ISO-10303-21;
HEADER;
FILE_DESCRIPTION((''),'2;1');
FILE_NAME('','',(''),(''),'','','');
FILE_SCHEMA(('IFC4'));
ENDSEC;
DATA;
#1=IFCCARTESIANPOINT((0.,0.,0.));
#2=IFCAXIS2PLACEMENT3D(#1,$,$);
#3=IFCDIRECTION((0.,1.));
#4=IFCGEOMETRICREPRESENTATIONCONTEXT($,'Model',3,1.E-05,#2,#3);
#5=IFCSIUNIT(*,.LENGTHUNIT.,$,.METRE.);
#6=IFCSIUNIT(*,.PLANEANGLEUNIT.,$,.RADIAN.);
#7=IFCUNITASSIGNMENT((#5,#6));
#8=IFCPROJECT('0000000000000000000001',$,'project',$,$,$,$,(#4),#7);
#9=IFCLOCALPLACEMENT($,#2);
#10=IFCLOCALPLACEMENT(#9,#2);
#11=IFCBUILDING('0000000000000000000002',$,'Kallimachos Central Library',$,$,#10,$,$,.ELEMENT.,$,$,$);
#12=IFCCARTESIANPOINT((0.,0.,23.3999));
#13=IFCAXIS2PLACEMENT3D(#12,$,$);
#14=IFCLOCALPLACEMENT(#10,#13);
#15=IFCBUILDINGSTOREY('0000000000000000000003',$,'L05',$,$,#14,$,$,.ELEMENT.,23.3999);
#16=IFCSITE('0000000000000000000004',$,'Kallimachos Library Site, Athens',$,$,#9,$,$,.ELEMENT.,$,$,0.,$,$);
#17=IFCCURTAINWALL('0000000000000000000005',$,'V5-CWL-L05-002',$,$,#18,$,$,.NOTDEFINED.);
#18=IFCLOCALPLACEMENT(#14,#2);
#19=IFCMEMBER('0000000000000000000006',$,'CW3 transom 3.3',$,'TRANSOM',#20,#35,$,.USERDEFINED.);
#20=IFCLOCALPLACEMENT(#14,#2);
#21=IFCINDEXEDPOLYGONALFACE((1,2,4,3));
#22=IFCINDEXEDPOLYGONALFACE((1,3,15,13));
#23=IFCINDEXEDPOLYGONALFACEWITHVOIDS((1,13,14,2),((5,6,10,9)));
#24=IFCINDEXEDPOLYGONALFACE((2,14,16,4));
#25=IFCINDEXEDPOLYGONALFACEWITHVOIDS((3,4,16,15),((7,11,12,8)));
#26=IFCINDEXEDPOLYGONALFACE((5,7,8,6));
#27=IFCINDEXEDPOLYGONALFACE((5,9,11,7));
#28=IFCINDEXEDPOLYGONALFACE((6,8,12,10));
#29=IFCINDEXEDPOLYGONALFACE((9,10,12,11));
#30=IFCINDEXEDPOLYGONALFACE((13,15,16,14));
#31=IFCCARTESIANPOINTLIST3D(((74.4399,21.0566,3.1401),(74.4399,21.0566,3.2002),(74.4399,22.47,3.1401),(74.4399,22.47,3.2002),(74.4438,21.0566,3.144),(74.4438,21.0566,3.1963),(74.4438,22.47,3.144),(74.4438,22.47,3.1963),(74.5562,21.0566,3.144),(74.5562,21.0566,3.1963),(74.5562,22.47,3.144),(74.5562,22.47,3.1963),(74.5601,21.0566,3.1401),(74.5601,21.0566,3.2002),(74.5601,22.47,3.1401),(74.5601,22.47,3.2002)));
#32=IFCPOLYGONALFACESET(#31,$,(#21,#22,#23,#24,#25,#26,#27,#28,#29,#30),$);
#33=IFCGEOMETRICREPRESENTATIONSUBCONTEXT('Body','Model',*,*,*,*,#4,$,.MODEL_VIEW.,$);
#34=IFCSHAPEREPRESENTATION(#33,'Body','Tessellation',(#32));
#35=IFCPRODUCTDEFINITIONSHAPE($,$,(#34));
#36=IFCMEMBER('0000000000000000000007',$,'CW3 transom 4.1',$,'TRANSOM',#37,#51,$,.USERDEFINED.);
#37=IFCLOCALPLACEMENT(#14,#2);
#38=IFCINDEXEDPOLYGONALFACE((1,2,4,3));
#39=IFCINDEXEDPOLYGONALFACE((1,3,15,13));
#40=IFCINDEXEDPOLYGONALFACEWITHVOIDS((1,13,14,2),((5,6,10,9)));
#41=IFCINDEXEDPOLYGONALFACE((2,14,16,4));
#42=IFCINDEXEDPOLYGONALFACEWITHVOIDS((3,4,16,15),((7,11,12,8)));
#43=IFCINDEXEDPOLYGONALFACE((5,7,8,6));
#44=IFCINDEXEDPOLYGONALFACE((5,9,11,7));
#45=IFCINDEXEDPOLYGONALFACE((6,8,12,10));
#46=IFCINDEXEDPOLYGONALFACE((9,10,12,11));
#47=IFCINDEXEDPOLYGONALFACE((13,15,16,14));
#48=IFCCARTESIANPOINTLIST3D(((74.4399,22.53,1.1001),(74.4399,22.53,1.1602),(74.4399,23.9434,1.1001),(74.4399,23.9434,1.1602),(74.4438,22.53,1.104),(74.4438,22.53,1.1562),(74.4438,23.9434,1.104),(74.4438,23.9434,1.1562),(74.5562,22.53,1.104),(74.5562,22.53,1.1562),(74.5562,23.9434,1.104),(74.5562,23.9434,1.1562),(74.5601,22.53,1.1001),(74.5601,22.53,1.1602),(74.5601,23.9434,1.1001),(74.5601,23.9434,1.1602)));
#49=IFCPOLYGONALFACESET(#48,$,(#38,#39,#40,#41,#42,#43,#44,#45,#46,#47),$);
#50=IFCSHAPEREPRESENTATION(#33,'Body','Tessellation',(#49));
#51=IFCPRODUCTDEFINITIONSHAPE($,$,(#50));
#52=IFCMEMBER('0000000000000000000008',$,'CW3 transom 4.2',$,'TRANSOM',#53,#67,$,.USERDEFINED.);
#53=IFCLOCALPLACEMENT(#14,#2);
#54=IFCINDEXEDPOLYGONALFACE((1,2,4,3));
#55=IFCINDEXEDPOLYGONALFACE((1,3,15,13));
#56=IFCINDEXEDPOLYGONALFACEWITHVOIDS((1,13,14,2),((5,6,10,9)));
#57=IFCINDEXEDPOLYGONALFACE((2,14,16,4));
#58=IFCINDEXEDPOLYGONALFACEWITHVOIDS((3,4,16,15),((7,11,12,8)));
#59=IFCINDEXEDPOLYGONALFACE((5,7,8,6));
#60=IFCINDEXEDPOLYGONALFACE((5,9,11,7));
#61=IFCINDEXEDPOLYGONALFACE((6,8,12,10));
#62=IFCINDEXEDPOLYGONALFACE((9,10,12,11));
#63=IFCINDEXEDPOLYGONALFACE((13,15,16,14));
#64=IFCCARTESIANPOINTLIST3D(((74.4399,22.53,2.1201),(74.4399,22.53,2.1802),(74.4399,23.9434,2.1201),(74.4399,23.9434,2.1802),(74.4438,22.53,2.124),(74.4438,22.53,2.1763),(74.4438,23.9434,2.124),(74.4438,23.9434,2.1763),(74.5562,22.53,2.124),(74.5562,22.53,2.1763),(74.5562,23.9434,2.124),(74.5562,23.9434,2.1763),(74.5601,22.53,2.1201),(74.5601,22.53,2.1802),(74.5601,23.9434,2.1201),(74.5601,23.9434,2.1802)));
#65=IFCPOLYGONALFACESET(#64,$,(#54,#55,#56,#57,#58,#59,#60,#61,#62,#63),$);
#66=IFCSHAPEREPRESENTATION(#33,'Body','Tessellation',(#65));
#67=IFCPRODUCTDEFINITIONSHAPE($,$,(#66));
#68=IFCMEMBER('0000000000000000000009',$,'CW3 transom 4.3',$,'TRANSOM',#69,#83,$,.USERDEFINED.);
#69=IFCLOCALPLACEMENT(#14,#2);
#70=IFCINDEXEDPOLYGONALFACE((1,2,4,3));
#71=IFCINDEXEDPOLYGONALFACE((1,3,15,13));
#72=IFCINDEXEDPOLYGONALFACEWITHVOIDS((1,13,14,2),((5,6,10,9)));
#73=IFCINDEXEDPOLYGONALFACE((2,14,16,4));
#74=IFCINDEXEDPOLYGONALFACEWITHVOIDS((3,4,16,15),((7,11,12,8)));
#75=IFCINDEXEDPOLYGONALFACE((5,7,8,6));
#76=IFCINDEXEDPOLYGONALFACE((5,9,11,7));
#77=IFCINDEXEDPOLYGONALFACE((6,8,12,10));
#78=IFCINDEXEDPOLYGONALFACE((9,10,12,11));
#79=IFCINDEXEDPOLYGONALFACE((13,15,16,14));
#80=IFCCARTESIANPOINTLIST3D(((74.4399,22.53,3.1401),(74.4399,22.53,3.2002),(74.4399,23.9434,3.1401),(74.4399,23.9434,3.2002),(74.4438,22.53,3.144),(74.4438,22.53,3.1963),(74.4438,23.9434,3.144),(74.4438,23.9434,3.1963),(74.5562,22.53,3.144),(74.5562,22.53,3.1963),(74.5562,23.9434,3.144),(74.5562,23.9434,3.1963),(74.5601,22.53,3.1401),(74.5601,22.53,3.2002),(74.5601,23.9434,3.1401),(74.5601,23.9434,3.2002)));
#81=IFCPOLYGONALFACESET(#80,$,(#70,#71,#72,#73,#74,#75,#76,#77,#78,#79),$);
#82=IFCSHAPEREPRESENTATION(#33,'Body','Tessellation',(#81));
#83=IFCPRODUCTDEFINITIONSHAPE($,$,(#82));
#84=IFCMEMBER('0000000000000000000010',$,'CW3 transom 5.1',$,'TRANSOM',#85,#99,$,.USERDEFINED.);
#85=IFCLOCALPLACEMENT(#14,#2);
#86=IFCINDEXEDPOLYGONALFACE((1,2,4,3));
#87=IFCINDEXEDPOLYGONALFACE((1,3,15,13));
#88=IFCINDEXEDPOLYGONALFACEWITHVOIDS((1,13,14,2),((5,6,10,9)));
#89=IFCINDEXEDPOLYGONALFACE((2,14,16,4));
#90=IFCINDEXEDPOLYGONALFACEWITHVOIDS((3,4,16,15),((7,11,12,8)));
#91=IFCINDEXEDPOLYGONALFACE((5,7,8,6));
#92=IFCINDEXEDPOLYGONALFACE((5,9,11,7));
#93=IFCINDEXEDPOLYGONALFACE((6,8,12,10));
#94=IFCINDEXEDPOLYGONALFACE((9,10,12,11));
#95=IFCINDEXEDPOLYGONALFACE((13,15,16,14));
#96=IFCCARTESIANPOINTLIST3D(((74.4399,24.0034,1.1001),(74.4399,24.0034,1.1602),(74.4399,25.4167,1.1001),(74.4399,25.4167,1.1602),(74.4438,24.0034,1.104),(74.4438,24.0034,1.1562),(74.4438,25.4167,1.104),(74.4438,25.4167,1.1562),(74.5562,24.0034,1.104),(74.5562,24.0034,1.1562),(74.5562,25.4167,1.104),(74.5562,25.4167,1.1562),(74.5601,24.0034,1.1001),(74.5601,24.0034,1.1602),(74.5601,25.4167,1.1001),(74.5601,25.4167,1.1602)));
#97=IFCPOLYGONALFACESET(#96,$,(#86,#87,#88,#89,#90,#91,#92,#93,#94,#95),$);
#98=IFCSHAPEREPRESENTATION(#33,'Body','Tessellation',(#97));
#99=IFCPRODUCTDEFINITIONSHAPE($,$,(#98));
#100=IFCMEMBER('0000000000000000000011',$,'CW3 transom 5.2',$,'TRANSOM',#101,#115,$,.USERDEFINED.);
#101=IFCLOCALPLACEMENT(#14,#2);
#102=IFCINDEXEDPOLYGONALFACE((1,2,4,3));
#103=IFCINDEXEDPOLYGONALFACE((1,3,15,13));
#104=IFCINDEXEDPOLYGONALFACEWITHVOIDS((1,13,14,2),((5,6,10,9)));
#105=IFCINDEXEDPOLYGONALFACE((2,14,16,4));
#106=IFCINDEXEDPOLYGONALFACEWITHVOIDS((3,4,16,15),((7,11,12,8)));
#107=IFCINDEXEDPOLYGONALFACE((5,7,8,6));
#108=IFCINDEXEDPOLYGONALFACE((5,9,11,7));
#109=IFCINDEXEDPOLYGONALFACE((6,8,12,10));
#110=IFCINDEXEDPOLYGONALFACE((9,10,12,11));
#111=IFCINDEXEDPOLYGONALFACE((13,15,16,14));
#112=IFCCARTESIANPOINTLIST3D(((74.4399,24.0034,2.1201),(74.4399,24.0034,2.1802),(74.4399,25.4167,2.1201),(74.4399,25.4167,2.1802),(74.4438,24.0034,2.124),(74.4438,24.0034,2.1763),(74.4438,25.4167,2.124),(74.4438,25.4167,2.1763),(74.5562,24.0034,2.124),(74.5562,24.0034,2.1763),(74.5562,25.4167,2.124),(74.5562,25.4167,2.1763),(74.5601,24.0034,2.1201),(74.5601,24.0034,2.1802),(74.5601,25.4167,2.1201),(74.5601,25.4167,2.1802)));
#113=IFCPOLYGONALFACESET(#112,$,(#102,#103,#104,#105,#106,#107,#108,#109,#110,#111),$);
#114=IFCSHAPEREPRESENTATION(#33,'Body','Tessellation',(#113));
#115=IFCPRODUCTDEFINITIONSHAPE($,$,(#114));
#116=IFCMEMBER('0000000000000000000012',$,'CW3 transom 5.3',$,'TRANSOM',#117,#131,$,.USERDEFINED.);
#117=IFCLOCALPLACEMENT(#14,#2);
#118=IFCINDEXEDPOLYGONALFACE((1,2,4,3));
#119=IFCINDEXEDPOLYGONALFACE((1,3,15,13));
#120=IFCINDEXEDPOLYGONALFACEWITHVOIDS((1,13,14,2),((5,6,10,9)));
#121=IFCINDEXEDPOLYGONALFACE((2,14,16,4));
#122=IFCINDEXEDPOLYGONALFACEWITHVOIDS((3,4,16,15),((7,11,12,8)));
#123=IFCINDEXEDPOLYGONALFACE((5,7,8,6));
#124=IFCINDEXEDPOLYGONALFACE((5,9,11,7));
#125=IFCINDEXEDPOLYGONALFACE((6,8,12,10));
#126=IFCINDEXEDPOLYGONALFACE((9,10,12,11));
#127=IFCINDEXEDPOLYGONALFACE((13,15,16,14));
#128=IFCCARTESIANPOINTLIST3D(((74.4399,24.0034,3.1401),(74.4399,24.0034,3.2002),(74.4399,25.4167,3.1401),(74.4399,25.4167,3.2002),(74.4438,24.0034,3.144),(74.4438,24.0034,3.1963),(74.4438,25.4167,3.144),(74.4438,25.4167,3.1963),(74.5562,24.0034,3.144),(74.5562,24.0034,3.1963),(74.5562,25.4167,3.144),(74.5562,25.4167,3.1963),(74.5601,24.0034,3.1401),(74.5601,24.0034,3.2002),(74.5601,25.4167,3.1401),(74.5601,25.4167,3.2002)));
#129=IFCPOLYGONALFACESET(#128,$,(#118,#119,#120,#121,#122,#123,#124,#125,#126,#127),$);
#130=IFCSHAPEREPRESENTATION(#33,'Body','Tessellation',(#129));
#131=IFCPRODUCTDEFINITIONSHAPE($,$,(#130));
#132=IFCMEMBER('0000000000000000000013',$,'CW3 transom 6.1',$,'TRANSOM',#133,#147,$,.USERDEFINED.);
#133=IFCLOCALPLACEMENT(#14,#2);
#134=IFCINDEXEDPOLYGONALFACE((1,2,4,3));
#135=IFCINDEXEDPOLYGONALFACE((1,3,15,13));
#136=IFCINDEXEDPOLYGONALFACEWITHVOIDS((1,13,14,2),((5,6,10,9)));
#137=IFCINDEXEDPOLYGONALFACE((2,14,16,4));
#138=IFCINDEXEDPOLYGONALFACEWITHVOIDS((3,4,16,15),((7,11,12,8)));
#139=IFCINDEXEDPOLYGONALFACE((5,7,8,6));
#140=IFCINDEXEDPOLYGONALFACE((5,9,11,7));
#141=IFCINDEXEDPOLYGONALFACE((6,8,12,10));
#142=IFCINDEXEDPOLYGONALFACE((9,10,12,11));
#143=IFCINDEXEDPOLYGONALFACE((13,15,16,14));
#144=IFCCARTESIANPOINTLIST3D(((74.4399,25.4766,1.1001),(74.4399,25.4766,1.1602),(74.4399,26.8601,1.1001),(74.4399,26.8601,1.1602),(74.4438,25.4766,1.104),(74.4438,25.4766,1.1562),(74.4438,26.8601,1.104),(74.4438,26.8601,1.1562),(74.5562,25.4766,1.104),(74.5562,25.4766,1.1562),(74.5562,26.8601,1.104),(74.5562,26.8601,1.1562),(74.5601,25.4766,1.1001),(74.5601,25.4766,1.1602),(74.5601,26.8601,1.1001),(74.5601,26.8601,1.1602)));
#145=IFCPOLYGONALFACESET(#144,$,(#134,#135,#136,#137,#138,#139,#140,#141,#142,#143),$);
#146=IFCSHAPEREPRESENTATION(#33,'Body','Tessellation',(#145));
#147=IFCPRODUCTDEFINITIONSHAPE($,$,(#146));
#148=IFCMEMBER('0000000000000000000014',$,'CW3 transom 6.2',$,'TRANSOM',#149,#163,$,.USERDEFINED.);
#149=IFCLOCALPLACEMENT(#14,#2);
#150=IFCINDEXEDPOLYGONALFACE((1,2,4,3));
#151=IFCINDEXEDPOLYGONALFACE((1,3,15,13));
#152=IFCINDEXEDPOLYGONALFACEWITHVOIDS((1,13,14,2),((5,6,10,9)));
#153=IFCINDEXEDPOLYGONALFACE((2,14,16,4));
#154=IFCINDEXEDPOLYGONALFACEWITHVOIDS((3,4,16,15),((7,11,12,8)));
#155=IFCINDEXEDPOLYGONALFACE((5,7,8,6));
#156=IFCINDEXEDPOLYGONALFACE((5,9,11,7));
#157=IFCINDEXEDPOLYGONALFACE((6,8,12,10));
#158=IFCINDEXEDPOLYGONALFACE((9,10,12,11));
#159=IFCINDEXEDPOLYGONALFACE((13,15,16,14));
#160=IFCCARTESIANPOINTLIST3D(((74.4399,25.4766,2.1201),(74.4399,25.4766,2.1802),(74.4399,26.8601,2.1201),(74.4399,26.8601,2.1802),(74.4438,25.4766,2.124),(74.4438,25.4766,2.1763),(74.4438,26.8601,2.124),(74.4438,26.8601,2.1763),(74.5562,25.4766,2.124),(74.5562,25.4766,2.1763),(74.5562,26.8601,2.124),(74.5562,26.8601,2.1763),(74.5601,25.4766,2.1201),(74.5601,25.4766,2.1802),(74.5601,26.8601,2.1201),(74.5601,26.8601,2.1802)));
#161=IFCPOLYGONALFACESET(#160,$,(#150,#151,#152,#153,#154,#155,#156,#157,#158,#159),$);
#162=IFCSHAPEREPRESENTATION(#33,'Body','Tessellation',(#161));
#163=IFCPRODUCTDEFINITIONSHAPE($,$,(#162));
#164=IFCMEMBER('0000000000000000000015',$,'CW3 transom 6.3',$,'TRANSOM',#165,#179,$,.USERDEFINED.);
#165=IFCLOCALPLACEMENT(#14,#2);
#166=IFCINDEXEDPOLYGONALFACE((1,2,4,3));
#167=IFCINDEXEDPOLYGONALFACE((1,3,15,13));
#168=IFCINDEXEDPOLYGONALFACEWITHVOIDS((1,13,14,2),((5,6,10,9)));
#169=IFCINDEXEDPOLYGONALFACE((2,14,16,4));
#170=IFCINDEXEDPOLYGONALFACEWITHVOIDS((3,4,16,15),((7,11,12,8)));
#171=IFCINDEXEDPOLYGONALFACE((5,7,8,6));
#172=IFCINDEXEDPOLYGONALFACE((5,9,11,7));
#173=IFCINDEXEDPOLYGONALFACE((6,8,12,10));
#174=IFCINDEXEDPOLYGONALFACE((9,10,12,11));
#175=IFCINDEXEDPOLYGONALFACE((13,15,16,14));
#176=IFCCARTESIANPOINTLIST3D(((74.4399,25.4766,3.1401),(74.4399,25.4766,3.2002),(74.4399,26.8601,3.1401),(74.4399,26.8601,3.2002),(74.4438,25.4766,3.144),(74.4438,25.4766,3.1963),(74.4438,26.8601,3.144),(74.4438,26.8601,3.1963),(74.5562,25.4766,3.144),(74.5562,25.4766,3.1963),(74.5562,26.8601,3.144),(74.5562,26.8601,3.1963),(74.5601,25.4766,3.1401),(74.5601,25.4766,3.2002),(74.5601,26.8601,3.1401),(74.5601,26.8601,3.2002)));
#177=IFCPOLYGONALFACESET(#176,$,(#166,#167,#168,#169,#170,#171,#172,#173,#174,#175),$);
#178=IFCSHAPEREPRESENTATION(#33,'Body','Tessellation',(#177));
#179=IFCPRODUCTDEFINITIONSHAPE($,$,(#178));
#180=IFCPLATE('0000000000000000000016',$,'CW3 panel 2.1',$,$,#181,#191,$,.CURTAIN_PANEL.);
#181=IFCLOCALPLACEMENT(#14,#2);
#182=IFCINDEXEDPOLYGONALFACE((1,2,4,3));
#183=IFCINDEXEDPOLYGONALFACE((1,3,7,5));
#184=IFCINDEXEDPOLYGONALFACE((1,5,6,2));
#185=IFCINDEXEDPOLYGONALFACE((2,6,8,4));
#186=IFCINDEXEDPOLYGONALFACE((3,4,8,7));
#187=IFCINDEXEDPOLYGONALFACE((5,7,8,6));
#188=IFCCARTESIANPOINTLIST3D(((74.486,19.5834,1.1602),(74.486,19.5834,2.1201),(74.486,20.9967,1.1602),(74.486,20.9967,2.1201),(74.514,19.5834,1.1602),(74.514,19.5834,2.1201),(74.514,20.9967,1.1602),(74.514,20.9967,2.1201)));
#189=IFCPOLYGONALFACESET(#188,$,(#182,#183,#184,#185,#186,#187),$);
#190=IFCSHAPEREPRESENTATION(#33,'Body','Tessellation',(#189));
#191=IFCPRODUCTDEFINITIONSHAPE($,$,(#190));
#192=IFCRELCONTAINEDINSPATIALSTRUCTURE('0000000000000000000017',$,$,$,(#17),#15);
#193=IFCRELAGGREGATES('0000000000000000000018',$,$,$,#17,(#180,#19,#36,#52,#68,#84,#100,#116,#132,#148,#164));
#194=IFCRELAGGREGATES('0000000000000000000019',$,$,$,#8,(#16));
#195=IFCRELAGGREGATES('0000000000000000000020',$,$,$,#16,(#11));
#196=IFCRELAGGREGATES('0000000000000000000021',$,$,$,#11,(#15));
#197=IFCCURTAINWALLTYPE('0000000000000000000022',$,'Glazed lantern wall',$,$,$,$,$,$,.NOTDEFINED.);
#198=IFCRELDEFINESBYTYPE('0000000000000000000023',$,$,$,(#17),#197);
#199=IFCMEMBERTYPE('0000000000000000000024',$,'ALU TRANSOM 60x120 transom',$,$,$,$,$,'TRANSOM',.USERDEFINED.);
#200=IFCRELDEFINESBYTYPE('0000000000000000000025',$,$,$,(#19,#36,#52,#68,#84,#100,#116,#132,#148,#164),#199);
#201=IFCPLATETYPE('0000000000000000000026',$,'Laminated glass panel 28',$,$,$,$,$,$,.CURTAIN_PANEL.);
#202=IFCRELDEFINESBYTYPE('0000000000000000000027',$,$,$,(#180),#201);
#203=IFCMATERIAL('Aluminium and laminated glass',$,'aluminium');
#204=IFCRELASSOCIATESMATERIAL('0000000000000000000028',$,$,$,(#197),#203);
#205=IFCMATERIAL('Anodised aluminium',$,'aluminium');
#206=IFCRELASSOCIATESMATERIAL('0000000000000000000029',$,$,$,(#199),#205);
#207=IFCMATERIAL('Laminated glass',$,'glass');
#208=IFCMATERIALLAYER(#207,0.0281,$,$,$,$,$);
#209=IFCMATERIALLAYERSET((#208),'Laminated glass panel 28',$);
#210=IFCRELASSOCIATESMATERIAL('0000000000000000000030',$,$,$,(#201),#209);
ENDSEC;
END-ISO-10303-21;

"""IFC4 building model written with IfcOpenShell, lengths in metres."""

from ifc_helpers import new_model, si_unit, direction, frame, origin, origin_2d, place, context, subcontext, project, spatial, rectangle, hollow_rectangle, extrude, material, layer, layer_set, material_profile, profile_set, type_object, element, aggregate, save


model = new_model("IFC4")

# Units and contexts
model_context = context("Model", 3, precision=1e-05, world=origin(), true_north=direction((0.0, 1.0)))
body_context = subcontext(model_context, "Body", "Model", "MODEL_VIEW")
ifc_project = project(units=[si_unit("LENGTHUNIT", "METRE"), si_unit("PLANEANGLEUNIT", "RADIAN")], contexts=[model_context])

# Site, building, storey
site_placement = place(None, origin())
site = spatial("IfcSite", under=ifc_project, at=site_placement, Name="Kallimachos Library Site, Athens", CompositionType="ELEMENT", RefElevation=0.0)
building_placement = place(site_placement, origin())
building = spatial("IfcBuilding", under=site, at=building_placement, Name="Kallimachos Central Library", CompositionType="ELEMENT")
storey_placement = place(building_placement, frame((0.0, 0.0, 23.3999)))
storey = spatial("IfcBuildingStorey", under=building, at=storey_placement, Name="L05", CompositionType="ELEMENT", Elevation=23.3999)

# Shared definitions
ifc_material_1 = material(Name="Aluminium and laminated glass", Category="aluminium")
curtain_wall_type = type_object("IfcCurtainWallType", Name="Glazed lantern wall", PredefinedType="NOTDEFINED", material=ifc_material_1)

# Curtain wall
curtain_wall_1_placement = place(storey_placement, origin())
curtain_wall_1 = element("IfcCurtainWall", 1, at=curtain_wall_1_placement, inside=storey, type_object=curtain_wall_type, Name="V5-CWL-L05-002", PredefinedType="NOTDEFINED")

# Members
ifc_material_2 = material(Name="Anodised aluminium", Category="aluminium")
ifc_material_profile_1 = material_profile(ifc_material_2, hollow_rectangle(XDim=0.0601, YDim=0.1201, WallThickness=0.0039, at=origin_2d()), Name="ALU TRANSOM 60x120")
ifc_profile_set_1 = profile_set([ifc_material_profile_1], Name="Anodised aluminium")
member_type_1 = type_object("IfcMemberType", Name="ALU TRANSOM 60x120 transom", ElementType="TRANSOM", PredefinedType="USERDEFINED", material=ifc_profile_set_1)
member_1_placement = place(storey_placement, frame((74.5, 21.0566, 3.1702), z_axis=(0.0, 1.0, 0.0), x_axis=(0.0, 0.0, 1.0)))
member_1 = element("IfcMember", 2, at=member_1_placement, type_object=member_type_1, Name="CW3 transom 3.3", ObjectType="TRANSOM", PredefinedType="USERDEFINED", context=body_context, shape_type="SweptSolid", body=[
    extrude(hollow_rectangle(XDim=0.0601, YDim=0.1201, WallThickness=0.0039, at=origin_2d()), origin(), (0.0, 0.0, 1.0), 1.4133),
])
member_2_placement = place(storey_placement, frame((74.5, 22.53, 1.1301), z_axis=(0.0, 1.0, 0.0), x_axis=(0.0, 0.0, 1.0)))
member_2 = element("IfcMember", 3, at=member_2_placement, type_object=member_type_1, Name="CW3 transom 4.1", ObjectType="TRANSOM", PredefinedType="USERDEFINED", context=body_context, shape_type="SweptSolid", body=[
    extrude(hollow_rectangle(XDim=0.0601, YDim=0.1201, WallThickness=0.0039, at=origin_2d()), origin(), (0.0, 0.0, 1.0), 1.4133),
])
member_3_placement = place(storey_placement, frame((74.5, 22.53, 2.1501), z_axis=(0.0, 1.0, 0.0), x_axis=(0.0, 0.0, 1.0)))
member_3 = element("IfcMember", 4, at=member_3_placement, type_object=member_type_1, Name="CW3 transom 4.2", ObjectType="TRANSOM", PredefinedType="USERDEFINED", context=body_context, shape_type="SweptSolid", body=[
    extrude(hollow_rectangle(XDim=0.0601, YDim=0.1201, WallThickness=0.0039, at=origin_2d()), origin(), (0.0, 0.0, 1.0), 1.4133),
])
member_4_placement = place(storey_placement, frame((74.5, 22.53, 3.1702), z_axis=(0.0, 1.0, 0.0), x_axis=(0.0, 0.0, 1.0)))
member_4 = element("IfcMember", 5, at=member_4_placement, type_object=member_type_1, Name="CW3 transom 4.3", ObjectType="TRANSOM", PredefinedType="USERDEFINED", context=body_context, shape_type="SweptSolid", body=[
    extrude(hollow_rectangle(XDim=0.0601, YDim=0.1201, WallThickness=0.0039, at=origin_2d()), origin(), (0.0, 0.0, 1.0), 1.4133),
])
member_5_placement = place(storey_placement, frame((74.5, 24.0034, 1.1301), z_axis=(0.0, 1.0, 0.0), x_axis=(0.0, 0.0, 1.0)))
member_5 = element("IfcMember", 6, at=member_5_placement, type_object=member_type_1, Name="CW3 transom 5.1", ObjectType="TRANSOM", PredefinedType="USERDEFINED", context=body_context, shape_type="SweptSolid", body=[
    extrude(hollow_rectangle(XDim=0.0601, YDim=0.1201, WallThickness=0.0039, at=origin_2d()), origin(), (0.0, 0.0, 1.0), 1.4133),
])
member_6_placement = place(storey_placement, frame((74.5, 24.0034, 2.1501), z_axis=(0.0, 1.0, 0.0), x_axis=(0.0, 0.0, 1.0)))
member_6 = element("IfcMember", 7, at=member_6_placement, type_object=member_type_1, Name="CW3 transom 5.2", ObjectType="TRANSOM", PredefinedType="USERDEFINED", context=body_context, shape_type="SweptSolid", body=[
    extrude(hollow_rectangle(XDim=0.0601, YDim=0.1201, WallThickness=0.0039, at=origin_2d()), origin(), (0.0, 0.0, 1.0), 1.4133),
])
member_7_placement = place(storey_placement, frame((74.5, 24.0034, 3.1702), z_axis=(0.0, 1.0, 0.0), x_axis=(0.0, 0.0, 1.0)))
member_7 = element("IfcMember", 8, at=member_7_placement, type_object=member_type_1, Name="CW3 transom 5.3", ObjectType="TRANSOM", PredefinedType="USERDEFINED", context=body_context, shape_type="SweptSolid", body=[
    extrude(hollow_rectangle(XDim=0.0601, YDim=0.1201, WallThickness=0.0039, at=origin_2d()), origin(), (0.0, 0.0, 1.0), 1.4133),
])
member_8_placement = place(storey_placement, frame((74.5, 25.4766, 1.1301), z_axis=(0.0, 1.0, 0.0), x_axis=(0.0, 0.0, 1.0)))
member_8 = element("IfcMember", 9, at=member_8_placement, type_object=member_type_1, Name="CW3 transom 6.1", ObjectType="TRANSOM", PredefinedType="USERDEFINED", context=body_context, shape_type="SweptSolid", body=[
    extrude(hollow_rectangle(XDim=0.0601, YDim=0.1201, WallThickness=0.0039, at=origin_2d()), origin(), (0.0, 0.0, 1.0), 1.3835),
])
member_9_placement = place(storey_placement, frame((74.5, 25.4766, 2.1501), z_axis=(0.0, 1.0, 0.0), x_axis=(0.0, 0.0, 1.0)))
member_9 = element("IfcMember", 10, at=member_9_placement, type_object=member_type_1, Name="CW3 transom 6.2", ObjectType="TRANSOM", PredefinedType="USERDEFINED", context=body_context, shape_type="SweptSolid", body=[
    extrude(hollow_rectangle(XDim=0.0601, YDim=0.1201, WallThickness=0.0039, at=origin_2d()), origin(), (0.0, 0.0, 1.0), 1.3835),
])
member_10_placement = place(storey_placement, frame((74.5, 25.4766, 3.1702), z_axis=(0.0, 1.0, 0.0), x_axis=(0.0, 0.0, 1.0)))
member_10 = element("IfcMember", 11, at=member_10_placement, type_object=member_type_1, Name="CW3 transom 6.3", ObjectType="TRANSOM", PredefinedType="USERDEFINED", context=body_context, shape_type="SweptSolid", body=[
    extrude(hollow_rectangle(XDim=0.0601, YDim=0.1201, WallThickness=0.0039, at=origin_2d()), origin(), (0.0, 0.0, 1.0), 1.3835),
])

# Plate
ifc_material_3 = material(Name="Laminated glass", Category="glass")
ifc_layer_1 = layer(ifc_material_3, 0.0281)
ifc_layer_set_1 = layer_set([ifc_layer_1], Name="Laminated glass panel 28")
plate_type = type_object("IfcPlateType", Name="Laminated glass panel 28", PredefinedType="CURTAIN_PANEL", material=ifc_layer_set_1)
plate_1_placement = place(storey_placement, frame((74.5, 20.29, 1.1602), z_axis=(0.0, 0.0, 1.0), x_axis=(0.0, 1.0, 0.0)))
plate_1 = element("IfcPlate", 12, at=plate_1_placement, type_object=plate_type, Name="CW3 panel 2.1", PredefinedType="CURTAIN_PANEL", context=body_context, shape_type="SweptSolid", body=[
    extrude(rectangle(XDim=1.4133, YDim=0.0281, at=origin_2d()), origin(), (0.0, 0.0, 1.0), 0.96),
])
aggregate(curtain_wall_1, [plate_1, member_1, member_2, member_3, member_4, member_5, member_6, member_7, member_8, member_9, member_10])

save(model, "model.ifc")
